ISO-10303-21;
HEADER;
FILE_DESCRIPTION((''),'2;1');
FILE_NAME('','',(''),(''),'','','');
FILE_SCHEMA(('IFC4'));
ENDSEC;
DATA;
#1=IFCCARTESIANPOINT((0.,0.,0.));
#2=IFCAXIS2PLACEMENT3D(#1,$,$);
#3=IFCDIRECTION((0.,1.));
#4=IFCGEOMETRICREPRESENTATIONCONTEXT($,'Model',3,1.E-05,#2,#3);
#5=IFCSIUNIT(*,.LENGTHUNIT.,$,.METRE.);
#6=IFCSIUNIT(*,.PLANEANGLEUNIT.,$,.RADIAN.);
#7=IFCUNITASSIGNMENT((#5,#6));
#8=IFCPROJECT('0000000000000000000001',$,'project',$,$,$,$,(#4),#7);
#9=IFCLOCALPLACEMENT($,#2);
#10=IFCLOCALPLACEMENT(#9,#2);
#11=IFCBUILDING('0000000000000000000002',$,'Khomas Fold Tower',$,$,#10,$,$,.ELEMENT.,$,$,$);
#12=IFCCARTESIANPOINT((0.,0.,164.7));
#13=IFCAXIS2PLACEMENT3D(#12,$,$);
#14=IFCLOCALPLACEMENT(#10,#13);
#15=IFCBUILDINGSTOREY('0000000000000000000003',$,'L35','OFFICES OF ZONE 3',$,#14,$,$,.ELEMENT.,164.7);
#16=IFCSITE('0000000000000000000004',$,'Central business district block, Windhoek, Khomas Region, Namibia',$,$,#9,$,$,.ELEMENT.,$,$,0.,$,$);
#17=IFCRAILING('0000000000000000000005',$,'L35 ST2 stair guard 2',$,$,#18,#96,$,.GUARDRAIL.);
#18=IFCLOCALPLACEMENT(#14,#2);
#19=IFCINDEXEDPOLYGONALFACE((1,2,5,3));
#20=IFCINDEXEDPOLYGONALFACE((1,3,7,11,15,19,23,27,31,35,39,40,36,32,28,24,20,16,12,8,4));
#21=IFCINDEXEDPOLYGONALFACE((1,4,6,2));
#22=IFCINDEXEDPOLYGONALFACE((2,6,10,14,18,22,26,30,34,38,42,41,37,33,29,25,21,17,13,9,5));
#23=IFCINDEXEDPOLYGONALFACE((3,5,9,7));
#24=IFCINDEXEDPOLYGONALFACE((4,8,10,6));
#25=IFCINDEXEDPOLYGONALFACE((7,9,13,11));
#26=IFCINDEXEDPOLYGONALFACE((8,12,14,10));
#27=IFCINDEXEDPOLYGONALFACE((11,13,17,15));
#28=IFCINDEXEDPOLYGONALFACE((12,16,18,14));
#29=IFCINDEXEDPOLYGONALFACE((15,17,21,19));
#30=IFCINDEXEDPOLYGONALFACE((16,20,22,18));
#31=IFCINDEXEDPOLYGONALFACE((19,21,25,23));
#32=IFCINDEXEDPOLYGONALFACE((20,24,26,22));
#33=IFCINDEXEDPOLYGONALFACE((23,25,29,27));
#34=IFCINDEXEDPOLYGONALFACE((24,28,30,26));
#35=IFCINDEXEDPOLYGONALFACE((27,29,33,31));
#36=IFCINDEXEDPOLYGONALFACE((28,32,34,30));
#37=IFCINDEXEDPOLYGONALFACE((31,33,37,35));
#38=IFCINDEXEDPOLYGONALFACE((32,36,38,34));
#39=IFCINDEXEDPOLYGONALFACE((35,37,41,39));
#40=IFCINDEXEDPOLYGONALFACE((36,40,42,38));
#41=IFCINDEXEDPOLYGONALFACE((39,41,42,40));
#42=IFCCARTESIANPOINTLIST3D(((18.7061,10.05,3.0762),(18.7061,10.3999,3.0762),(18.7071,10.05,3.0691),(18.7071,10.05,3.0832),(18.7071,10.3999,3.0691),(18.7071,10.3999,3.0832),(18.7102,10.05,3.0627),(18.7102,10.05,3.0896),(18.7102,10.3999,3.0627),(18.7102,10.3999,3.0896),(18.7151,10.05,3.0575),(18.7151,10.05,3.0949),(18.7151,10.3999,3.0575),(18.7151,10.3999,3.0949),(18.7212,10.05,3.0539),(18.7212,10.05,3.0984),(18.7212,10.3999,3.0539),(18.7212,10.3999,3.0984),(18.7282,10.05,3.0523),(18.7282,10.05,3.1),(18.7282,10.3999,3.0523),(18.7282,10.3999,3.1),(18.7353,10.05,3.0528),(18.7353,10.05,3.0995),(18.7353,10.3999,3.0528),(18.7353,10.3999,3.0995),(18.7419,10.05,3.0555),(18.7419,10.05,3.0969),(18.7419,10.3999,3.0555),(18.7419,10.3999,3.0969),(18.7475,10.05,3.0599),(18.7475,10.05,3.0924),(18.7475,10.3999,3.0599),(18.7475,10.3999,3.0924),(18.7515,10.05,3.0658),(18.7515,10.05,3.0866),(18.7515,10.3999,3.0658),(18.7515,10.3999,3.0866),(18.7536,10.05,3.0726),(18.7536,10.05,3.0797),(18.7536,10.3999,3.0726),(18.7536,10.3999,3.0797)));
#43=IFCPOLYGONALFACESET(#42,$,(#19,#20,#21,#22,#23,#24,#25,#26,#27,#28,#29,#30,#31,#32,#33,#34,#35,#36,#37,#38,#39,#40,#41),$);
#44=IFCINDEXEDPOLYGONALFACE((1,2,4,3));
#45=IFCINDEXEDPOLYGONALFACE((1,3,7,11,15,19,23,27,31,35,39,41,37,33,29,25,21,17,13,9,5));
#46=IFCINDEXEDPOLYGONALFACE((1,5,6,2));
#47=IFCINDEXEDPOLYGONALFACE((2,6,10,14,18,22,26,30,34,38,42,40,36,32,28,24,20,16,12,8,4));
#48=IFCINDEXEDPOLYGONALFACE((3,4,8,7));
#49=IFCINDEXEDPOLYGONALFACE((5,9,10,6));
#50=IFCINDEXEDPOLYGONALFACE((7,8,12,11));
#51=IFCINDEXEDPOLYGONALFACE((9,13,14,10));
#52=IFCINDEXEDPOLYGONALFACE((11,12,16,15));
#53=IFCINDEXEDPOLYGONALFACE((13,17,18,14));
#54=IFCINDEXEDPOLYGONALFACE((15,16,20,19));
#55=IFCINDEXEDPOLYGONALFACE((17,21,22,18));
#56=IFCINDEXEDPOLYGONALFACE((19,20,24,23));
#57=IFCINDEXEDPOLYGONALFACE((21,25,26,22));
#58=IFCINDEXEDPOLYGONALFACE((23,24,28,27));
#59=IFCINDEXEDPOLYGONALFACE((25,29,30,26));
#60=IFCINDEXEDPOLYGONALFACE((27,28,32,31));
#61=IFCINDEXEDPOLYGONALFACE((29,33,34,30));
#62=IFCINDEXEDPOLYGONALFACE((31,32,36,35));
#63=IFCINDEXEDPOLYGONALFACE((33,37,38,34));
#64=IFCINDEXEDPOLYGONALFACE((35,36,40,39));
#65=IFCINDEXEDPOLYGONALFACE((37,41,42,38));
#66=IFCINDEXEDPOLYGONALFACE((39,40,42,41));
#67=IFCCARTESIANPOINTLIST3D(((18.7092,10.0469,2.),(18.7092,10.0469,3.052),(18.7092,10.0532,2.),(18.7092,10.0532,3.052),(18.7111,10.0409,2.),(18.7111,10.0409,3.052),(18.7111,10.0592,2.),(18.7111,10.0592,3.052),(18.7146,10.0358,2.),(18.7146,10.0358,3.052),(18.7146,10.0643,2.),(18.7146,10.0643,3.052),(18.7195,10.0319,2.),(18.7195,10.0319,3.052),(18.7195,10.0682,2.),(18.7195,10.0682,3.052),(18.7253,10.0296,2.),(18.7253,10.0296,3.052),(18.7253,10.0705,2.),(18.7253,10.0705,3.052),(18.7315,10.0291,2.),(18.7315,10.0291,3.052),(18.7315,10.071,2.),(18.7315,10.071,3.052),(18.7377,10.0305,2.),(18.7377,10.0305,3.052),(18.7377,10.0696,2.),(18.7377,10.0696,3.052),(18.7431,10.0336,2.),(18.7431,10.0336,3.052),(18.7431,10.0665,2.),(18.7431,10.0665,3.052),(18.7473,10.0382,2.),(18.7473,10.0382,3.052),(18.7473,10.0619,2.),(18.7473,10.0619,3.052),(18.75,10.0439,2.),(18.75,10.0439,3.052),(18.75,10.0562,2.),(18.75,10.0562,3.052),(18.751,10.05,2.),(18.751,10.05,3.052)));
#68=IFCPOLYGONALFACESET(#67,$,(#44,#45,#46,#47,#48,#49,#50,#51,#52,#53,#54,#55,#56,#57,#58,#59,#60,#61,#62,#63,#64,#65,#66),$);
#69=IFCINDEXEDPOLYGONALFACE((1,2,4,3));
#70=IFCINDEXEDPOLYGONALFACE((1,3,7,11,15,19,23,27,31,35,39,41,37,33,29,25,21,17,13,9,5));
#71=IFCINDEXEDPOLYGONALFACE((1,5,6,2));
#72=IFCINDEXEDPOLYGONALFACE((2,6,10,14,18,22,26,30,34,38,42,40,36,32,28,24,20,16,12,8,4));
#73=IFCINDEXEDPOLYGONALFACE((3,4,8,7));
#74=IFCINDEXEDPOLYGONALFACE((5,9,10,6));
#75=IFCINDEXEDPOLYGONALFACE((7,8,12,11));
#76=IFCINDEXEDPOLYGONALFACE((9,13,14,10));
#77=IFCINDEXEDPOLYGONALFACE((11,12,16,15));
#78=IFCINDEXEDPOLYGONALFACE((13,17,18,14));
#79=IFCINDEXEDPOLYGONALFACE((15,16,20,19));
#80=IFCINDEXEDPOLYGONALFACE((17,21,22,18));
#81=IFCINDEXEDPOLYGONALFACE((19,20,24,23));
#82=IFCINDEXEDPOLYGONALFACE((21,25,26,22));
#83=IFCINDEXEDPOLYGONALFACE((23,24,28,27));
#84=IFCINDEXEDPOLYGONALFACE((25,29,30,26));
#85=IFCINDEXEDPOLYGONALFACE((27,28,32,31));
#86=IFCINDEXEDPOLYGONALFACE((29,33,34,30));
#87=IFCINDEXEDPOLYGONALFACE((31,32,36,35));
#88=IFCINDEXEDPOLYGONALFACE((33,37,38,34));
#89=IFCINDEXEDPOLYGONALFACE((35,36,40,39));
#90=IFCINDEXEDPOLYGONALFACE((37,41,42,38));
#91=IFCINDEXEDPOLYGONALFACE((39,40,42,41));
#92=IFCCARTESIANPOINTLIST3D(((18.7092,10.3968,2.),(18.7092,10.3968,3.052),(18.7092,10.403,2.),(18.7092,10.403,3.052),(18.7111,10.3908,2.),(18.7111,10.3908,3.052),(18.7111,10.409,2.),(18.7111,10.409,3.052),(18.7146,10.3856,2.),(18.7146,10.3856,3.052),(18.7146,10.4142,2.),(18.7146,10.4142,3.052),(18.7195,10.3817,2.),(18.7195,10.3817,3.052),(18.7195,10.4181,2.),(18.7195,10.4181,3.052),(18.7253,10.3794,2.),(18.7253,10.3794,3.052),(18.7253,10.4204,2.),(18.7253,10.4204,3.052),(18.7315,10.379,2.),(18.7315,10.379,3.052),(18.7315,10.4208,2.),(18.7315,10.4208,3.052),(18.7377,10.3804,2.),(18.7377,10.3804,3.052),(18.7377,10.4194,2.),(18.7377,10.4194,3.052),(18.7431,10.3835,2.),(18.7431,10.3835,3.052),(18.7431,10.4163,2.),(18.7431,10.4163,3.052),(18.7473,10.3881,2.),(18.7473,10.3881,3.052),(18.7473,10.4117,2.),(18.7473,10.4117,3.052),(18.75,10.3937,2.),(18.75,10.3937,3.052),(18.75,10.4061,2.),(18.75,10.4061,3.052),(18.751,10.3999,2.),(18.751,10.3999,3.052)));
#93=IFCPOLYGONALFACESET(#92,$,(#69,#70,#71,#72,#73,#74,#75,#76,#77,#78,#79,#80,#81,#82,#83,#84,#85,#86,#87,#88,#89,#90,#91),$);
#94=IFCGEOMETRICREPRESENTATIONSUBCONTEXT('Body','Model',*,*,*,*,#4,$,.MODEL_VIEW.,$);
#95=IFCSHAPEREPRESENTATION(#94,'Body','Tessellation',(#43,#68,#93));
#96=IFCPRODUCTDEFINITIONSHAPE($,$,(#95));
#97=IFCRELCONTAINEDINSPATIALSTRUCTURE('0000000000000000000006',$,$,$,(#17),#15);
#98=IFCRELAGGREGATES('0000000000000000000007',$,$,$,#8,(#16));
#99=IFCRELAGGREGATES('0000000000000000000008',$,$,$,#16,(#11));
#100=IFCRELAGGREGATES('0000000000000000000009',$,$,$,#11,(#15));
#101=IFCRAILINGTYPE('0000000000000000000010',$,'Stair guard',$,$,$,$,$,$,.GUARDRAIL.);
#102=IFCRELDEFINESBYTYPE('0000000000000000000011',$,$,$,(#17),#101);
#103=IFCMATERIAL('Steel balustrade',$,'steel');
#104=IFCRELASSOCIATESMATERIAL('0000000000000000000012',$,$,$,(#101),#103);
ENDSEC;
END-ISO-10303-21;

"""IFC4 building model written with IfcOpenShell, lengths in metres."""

from ifc_helpers import new_model, si_unit, direction, frame, origin, origin_2d, place, context, subcontext, project, spatial, circle, extrude, source, transform, mapped, material, type_object, element, save


model = new_model("IFC4")

# Units and contexts
model_context = context("Model", 3, precision=1e-05, world=origin(), true_north=direction((0.0, 1.0)))
body_context = subcontext(model_context, "Body", "Model", "MODEL_VIEW")
ifc_project = project(units=[si_unit("LENGTHUNIT", "METRE"), si_unit("PLANEANGLEUNIT", "RADIAN")], contexts=[model_context])

# Site, building, storey
site_placement = place(None, origin())
site = spatial("IfcSite", under=ifc_project, at=site_placement, Name="Central business district block, Windhoek, Khomas Region, Namibia", CompositionType="ELEMENT", RefElevation=0.0)
building_placement = place(site_placement, origin())
building = spatial("IfcBuilding", under=site, at=building_placement, Name="Khomas Fold Tower", CompositionType="ELEMENT")
storey_placement = place(building_placement, frame((0.0, 0.0, 164.7)))
storey = spatial("IfcBuildingStorey", under=building, at=storey_placement, Name="L35", Description="OFFICES OF ZONE 3", CompositionType="ELEMENT", Elevation=164.7)

# Railing
ifc_material_1 = material(Name="Steel balustrade", Category="steel")
railing_type_1 = type_object("IfcRailingType", Name="Stair guard", PredefinedType="GUARDRAIL", material=ifc_material_1)
shared_shape_1 = source(origin(), body_context, "Body", "SweptSolid", [
    extrude(circle(Radius=0.0239, at=origin_2d()), frame((0.0, 0.0, 1.0762), z_axis=(0.0, 1.0, 0.0), x_axis=(-1.0, 0.0, 0.0)), (0.0, 0.0, 1.0), 0.3499),
    extrude(circle(Radius=0.021, at=origin_2d()), origin(), (0.0, 0.0, 1.0), 1.052),
    extrude(circle(Radius=0.021, at=origin_2d()), frame((0.0, 0.3499, 0.0)), (0.0, 0.0, 1.0), 1.052),
])
railing_1_placement = place(storey_placement, frame((18.73, 10.05, 2.0)))
element("IfcRailing", 1, at=railing_1_placement, inside=storey, type_object=railing_type_1, Name="L35 ST2 stair guard 2", PredefinedType="GUARDRAIL", context=body_context, shape_type="MappedRepresentation", body=[
    mapped(shared_shape_1, transform((0.0, 0.0, 0.0))),
])

save(model, "model.ifc")
